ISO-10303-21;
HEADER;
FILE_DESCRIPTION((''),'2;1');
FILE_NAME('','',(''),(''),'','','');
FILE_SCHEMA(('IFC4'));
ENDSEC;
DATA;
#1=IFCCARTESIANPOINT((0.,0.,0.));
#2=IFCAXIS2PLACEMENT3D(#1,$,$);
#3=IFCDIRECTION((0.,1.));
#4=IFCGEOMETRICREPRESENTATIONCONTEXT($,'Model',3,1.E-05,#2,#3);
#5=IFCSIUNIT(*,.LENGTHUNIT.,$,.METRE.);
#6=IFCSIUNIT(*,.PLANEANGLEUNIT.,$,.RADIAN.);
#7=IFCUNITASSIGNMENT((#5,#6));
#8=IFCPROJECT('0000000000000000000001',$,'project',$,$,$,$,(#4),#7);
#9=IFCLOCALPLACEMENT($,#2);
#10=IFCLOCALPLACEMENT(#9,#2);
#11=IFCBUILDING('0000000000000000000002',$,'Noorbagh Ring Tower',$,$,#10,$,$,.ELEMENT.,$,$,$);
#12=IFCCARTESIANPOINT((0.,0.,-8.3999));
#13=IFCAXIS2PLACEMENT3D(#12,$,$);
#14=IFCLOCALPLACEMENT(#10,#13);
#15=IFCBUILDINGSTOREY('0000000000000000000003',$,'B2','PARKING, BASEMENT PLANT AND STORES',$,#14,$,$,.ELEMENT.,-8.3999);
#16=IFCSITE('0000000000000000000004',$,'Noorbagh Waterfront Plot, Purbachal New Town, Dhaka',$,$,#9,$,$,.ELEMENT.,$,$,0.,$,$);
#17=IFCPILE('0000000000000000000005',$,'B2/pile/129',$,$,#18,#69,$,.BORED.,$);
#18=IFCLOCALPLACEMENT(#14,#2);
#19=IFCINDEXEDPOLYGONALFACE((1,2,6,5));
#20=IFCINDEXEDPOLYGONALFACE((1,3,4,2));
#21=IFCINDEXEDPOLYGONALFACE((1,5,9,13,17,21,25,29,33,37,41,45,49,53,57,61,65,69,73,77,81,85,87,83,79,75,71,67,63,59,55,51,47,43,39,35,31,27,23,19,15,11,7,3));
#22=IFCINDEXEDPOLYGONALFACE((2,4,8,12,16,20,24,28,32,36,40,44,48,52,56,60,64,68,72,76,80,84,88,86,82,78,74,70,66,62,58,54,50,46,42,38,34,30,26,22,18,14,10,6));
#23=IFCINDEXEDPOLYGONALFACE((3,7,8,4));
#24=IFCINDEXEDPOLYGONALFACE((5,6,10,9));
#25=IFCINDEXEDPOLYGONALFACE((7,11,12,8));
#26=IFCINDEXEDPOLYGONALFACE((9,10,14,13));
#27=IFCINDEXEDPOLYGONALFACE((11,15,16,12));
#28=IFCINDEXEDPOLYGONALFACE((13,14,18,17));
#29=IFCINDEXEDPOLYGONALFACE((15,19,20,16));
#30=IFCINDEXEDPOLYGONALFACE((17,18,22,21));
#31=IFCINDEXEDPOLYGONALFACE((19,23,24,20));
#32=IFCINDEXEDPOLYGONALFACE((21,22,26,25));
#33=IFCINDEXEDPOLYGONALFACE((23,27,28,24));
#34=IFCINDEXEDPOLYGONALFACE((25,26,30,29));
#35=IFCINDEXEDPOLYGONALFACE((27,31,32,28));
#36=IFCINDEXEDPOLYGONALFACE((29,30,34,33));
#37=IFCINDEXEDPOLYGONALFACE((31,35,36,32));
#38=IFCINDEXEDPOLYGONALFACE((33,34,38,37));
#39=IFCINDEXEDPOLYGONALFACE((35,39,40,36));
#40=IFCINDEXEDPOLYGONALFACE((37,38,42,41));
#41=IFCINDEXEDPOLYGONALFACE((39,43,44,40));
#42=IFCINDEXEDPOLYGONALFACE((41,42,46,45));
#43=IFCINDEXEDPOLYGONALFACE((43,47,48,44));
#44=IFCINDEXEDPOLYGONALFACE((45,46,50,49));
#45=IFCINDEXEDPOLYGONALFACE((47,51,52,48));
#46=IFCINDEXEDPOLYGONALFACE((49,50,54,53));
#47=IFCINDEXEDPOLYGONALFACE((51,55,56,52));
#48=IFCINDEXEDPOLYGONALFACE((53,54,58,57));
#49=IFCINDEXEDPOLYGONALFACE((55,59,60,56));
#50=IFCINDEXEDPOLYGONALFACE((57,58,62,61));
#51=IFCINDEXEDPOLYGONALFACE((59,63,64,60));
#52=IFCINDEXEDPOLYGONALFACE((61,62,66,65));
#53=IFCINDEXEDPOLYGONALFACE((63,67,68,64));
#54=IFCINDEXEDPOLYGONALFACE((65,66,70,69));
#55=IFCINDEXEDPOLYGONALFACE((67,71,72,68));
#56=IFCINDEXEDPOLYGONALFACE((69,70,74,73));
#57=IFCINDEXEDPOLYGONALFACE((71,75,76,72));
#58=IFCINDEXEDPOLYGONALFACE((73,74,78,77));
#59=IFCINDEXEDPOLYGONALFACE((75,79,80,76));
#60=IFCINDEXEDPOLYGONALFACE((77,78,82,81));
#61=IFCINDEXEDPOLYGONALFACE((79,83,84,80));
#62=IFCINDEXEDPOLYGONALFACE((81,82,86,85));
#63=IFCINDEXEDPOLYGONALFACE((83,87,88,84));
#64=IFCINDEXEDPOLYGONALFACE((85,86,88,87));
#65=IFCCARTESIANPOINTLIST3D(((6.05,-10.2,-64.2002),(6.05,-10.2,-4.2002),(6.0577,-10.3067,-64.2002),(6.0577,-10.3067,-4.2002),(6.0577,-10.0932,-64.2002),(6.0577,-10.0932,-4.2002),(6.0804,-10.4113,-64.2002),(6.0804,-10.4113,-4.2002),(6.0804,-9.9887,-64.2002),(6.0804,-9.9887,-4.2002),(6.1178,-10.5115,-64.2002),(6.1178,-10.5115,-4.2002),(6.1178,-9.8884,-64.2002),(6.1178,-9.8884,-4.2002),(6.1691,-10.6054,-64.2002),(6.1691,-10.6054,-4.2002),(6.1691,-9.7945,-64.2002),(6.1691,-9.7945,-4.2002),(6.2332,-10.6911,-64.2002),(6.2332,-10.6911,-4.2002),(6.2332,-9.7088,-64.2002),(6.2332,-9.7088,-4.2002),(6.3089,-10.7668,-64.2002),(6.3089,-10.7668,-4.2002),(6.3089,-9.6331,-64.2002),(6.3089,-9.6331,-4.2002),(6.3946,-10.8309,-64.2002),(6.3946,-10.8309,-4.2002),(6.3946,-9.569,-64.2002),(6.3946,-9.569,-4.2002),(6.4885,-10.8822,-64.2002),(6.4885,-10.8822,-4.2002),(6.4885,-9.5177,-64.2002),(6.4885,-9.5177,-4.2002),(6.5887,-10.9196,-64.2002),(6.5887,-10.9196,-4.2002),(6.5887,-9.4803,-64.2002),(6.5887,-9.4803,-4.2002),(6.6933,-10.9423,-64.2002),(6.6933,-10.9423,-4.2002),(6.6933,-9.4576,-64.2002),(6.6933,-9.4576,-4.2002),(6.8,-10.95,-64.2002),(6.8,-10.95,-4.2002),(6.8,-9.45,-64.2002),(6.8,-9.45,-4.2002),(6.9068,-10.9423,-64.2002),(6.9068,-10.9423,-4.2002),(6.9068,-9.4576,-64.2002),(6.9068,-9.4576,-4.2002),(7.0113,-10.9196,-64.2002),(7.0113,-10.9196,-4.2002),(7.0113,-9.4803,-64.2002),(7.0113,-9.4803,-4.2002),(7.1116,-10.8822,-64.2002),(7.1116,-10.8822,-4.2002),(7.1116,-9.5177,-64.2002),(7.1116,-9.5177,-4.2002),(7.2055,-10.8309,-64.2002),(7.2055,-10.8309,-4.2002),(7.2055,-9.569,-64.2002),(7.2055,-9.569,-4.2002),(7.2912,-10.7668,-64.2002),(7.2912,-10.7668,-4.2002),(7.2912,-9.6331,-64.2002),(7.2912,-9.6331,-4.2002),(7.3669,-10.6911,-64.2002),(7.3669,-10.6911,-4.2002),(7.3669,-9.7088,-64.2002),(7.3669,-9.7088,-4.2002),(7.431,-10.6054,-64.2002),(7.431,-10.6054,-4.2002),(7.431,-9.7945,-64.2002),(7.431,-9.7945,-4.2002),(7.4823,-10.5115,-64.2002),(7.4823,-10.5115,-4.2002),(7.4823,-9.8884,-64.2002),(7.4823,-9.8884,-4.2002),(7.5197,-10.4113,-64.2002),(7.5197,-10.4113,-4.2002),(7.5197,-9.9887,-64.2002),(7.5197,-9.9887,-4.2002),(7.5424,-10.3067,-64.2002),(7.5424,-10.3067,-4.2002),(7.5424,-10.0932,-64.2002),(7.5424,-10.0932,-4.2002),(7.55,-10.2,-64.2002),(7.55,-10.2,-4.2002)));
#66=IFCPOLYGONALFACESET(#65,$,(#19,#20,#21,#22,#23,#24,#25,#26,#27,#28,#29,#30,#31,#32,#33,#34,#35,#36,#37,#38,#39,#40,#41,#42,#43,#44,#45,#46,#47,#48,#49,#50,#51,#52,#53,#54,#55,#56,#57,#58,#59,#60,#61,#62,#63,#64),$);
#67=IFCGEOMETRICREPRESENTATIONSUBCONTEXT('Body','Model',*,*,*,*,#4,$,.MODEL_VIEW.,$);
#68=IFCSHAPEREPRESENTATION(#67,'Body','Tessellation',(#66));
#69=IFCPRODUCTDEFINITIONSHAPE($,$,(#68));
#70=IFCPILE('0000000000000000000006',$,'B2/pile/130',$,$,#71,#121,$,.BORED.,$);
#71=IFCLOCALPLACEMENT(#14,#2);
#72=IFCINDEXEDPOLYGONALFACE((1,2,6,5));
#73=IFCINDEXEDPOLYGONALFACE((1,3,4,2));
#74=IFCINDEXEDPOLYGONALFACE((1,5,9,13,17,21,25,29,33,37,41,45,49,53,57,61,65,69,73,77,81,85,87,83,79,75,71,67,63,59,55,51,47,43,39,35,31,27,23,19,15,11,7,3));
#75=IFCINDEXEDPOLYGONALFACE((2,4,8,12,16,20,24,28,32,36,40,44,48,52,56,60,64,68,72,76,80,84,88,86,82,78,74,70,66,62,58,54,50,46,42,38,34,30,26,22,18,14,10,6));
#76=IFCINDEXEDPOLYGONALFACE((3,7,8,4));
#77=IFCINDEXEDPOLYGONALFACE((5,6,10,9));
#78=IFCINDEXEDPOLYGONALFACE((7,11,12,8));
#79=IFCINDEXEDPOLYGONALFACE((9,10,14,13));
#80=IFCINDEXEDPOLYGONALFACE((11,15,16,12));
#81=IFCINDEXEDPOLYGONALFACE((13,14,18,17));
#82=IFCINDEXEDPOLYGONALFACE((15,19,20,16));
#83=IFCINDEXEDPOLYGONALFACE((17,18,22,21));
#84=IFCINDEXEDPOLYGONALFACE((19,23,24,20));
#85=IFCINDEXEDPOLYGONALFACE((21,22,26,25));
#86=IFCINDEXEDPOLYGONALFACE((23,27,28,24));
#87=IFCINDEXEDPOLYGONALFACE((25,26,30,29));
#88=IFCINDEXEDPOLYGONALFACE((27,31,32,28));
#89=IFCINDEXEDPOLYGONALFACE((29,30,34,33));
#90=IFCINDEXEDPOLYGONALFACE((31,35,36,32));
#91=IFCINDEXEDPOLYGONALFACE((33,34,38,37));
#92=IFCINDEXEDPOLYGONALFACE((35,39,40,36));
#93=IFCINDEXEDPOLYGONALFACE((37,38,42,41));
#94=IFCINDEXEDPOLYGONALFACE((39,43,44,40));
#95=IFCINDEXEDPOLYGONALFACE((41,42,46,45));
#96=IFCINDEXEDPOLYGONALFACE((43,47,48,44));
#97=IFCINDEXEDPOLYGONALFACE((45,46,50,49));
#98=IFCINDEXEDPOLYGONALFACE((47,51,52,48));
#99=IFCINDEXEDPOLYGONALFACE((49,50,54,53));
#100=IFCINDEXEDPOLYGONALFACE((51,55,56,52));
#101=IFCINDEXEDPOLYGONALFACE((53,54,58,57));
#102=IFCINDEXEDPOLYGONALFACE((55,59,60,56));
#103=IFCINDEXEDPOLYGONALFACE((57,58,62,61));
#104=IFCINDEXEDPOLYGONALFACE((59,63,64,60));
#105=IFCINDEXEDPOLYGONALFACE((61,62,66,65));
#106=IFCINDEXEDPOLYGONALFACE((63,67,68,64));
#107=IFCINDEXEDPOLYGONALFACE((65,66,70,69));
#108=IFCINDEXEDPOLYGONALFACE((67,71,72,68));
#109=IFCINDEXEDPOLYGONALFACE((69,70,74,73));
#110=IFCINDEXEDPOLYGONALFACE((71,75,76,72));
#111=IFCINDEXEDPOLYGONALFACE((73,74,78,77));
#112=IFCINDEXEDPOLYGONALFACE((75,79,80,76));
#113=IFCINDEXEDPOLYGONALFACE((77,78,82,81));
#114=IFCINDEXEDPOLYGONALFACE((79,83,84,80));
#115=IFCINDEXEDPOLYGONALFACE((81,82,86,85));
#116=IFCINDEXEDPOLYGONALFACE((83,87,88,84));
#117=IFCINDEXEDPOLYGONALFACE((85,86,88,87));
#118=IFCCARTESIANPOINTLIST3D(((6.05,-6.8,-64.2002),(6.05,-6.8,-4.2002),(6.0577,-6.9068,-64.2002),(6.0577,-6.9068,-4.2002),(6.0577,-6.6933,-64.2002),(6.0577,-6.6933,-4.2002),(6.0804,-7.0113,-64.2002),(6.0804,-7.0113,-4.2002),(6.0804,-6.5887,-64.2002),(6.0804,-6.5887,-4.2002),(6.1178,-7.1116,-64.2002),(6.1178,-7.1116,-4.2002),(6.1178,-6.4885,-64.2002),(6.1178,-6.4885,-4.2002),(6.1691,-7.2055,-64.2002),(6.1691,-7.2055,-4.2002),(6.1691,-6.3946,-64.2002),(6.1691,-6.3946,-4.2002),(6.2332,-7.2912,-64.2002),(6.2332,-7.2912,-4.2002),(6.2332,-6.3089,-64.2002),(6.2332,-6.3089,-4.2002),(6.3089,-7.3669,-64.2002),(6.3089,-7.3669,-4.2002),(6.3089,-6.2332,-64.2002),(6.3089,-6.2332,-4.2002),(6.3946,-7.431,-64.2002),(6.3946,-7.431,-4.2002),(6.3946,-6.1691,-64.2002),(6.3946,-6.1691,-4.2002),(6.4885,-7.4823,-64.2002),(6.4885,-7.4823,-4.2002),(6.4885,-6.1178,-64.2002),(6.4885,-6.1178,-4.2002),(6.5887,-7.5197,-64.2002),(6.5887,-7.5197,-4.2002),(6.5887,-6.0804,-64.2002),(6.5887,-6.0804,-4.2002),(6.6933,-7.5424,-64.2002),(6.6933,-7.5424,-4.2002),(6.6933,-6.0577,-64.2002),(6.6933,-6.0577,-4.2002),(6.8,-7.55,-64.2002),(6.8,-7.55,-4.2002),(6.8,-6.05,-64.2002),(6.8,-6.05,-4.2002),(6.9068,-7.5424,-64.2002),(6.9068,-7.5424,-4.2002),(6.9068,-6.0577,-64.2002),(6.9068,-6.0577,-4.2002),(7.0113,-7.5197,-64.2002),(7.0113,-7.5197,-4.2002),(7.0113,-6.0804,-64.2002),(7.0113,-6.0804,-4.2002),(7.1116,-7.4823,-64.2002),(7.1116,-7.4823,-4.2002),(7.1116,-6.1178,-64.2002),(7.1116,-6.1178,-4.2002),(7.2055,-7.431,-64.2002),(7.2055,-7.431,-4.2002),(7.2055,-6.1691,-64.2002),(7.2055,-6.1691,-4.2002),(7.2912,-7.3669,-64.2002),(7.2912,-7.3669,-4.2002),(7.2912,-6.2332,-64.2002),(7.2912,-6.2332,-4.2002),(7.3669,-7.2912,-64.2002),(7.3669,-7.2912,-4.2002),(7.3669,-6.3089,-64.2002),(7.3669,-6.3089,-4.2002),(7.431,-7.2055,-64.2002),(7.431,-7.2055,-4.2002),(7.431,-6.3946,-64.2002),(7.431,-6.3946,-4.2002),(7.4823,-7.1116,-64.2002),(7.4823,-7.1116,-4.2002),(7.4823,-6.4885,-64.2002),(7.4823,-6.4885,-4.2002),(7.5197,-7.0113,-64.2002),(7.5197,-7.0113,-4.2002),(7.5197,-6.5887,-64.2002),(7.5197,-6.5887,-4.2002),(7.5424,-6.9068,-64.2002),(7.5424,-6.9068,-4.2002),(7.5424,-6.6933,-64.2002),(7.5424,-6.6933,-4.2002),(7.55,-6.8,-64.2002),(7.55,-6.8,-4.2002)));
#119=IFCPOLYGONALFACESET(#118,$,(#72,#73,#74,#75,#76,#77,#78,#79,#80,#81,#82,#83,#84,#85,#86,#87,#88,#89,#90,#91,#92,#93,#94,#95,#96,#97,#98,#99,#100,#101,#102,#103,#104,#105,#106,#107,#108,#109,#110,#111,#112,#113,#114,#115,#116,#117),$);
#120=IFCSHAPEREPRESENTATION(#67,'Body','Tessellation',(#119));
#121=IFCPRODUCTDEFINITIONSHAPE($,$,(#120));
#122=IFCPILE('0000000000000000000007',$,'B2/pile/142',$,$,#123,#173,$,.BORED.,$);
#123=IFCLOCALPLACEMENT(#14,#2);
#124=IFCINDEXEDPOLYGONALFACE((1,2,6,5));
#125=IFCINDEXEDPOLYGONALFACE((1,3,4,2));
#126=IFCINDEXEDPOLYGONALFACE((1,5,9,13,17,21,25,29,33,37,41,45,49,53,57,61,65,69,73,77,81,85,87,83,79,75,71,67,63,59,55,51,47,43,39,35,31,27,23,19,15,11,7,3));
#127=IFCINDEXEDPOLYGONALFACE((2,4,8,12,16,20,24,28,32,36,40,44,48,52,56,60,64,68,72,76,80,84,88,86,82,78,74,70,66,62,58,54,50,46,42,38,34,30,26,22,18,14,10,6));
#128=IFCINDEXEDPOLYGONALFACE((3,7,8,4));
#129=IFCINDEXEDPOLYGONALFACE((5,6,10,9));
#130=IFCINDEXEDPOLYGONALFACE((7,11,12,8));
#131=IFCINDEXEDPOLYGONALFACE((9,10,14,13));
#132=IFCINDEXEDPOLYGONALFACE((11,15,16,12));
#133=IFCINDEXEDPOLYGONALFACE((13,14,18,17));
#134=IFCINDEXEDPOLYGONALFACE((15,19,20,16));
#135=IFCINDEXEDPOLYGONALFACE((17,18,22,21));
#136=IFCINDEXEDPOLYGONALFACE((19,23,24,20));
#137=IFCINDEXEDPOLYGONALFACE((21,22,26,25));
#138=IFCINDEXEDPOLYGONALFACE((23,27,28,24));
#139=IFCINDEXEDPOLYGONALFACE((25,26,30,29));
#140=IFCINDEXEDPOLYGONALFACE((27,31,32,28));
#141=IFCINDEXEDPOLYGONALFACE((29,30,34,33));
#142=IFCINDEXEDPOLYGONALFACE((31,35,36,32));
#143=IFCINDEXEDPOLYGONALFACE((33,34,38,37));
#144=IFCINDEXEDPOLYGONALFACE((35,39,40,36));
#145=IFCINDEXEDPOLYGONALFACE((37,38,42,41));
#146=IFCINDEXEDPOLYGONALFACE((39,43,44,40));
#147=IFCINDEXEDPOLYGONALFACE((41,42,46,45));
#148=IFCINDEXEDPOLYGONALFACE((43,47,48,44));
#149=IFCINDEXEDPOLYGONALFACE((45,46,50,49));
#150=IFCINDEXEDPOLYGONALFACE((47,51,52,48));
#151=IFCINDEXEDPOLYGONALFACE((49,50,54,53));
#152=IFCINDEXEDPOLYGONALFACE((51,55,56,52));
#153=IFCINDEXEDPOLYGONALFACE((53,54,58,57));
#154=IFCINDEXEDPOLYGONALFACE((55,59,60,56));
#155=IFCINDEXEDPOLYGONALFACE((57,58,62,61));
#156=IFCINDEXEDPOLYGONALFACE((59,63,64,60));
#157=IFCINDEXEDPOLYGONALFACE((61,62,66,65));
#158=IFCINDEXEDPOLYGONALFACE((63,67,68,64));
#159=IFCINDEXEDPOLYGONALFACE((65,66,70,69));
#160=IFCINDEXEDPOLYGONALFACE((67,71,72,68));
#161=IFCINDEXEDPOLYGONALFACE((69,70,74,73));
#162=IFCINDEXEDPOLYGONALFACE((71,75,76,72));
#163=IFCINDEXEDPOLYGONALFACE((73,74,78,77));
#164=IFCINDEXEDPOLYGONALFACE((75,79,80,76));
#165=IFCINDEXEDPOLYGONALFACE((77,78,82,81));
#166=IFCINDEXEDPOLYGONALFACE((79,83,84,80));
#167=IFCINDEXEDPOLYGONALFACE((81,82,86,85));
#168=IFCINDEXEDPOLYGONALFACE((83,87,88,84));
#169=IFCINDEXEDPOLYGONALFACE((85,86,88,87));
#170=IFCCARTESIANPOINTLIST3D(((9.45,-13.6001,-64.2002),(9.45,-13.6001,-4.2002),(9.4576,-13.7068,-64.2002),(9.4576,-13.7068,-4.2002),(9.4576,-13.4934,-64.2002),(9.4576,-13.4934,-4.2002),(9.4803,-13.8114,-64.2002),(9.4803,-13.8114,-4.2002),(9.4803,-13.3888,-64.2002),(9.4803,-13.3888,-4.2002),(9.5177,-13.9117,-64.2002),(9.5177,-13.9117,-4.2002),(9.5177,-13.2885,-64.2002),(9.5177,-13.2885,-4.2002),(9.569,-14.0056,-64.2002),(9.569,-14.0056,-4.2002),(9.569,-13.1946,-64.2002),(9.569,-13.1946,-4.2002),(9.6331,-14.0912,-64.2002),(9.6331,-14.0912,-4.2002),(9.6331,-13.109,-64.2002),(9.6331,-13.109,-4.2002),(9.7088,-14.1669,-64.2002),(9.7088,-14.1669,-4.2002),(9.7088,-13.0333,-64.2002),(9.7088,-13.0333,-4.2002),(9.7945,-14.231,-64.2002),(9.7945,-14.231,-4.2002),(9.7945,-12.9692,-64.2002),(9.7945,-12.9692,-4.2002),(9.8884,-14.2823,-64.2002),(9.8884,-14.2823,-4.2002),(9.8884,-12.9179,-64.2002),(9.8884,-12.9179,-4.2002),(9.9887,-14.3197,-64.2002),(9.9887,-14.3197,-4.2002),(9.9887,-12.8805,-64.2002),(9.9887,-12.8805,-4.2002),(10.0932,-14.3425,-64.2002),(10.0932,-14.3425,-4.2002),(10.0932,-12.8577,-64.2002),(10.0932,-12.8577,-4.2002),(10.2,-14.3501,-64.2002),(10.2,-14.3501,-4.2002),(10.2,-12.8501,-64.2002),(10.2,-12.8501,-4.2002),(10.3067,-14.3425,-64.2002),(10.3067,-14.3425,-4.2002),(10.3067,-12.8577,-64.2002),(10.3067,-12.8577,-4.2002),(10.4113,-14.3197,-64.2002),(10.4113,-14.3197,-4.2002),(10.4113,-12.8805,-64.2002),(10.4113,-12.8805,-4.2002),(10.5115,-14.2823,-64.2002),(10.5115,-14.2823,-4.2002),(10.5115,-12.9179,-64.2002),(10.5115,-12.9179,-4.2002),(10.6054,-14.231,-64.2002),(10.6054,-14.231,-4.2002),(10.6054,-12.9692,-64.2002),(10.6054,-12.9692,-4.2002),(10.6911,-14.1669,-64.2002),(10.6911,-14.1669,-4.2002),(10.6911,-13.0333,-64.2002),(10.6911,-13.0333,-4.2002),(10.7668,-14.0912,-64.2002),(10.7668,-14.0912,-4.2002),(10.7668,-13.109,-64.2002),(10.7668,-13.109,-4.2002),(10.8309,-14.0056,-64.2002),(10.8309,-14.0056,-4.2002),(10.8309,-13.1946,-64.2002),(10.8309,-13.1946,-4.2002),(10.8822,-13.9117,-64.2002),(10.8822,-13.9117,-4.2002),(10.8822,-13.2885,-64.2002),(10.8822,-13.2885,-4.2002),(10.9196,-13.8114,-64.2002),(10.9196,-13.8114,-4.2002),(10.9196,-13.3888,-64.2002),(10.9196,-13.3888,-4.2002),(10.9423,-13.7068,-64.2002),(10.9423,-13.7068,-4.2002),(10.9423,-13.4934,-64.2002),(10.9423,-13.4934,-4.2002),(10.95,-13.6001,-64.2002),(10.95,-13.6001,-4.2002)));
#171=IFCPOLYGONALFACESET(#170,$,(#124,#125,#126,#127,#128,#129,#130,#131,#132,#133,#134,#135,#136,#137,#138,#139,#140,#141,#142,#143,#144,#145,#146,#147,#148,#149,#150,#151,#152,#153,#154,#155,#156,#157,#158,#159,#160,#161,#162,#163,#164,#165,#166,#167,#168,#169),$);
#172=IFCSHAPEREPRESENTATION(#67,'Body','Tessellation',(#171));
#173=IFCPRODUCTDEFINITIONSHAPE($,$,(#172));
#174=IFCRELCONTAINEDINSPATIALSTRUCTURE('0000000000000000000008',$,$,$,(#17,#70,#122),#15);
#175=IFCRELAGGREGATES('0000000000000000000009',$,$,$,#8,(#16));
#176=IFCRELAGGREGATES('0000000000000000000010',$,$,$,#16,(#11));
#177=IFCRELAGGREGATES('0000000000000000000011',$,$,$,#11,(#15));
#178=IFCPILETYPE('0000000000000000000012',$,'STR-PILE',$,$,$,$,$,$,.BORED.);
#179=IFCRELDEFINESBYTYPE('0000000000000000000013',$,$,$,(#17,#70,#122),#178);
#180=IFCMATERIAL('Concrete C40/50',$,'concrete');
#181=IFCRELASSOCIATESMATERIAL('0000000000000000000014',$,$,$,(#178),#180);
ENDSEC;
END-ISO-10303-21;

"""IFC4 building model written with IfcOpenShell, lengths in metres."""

from ifc_helpers import new_model, si_unit, direction, frame, origin, origin_2d, place, context, subcontext, project, spatial, circle, extrude, material, material_profile, profile_set, type_object, element, save


model = new_model("IFC4")

# Units and contexts
model_context = context("Model", 3, precision=1e-05, world=origin(), true_north=direction((0.0, 1.0)))
body_context = subcontext(model_context, "Body", "Model", "MODEL_VIEW")
ifc_project = project(units=[si_unit("LENGTHUNIT", "METRE"), si_unit("PLANEANGLEUNIT", "RADIAN")], contexts=[model_context])

# Site, building, storey
site_placement = place(None, origin())
site = spatial("IfcSite", under=ifc_project, at=site_placement, Name="Noorbagh Waterfront Plot, Purbachal New Town, Dhaka", CompositionType="ELEMENT", RefElevation=0.0)
building_placement = place(site_placement, origin())
building = spatial("IfcBuilding", under=site, at=building_placement, Name="Noorbagh Ring Tower", CompositionType="ELEMENT")
storey_placement = place(building_placement, frame((0.0, 0.0, -8.3999)))
storey = spatial("IfcBuildingStorey", under=building, at=storey_placement, Name="B2", Description="PARKING, BASEMENT PLANT AND STORES", CompositionType="ELEMENT", Elevation=-8.3999)

# Piles
ifc_material_1 = material(Name="Concrete C40/50", Category="concrete")
ifc_material_profile_1 = material_profile(ifc_material_1, circle(Radius=0.75, at=origin_2d()), Name="PILE1500")
ifc_profile_set_1 = profile_set([ifc_material_profile_1], Name="Concrete C40/50")
pile_type = type_object("IfcPileType", Name="STR-PILE", PredefinedType="BORED", material=ifc_profile_set_1)
for number, where, z_axis, x_axis, name in (
    (1, (6.8, -10.2, -4.2002), (0.0, 0.0, -1.0), (1.0, 0.0, 0.0), "B2/pile/129"),
    (2, (6.8, -6.8, -4.2002), (0.0, 0.0, -1.0), (1.0, 0.0, 0.0), "B2/pile/130"),
    (3, (10.2, -13.6001, -4.2002), (0.0, 0.0, -1.0), (1.0, 0.0, 0.0), "B2/pile/142"),
):
    element("IfcPile", number, at=place(storey_placement, frame(where, z_axis=z_axis, x_axis=x_axis)), inside=storey, type_object=pile_type, Name=name, PredefinedType="BORED", context=body_context, shape_type="SweptSolid", body=[
        extrude(circle(Radius=0.75, at=origin_2d()), origin(), (0.0, 0.0, 1.0), 60.0),
    ])

save(model, "model.ifc")
